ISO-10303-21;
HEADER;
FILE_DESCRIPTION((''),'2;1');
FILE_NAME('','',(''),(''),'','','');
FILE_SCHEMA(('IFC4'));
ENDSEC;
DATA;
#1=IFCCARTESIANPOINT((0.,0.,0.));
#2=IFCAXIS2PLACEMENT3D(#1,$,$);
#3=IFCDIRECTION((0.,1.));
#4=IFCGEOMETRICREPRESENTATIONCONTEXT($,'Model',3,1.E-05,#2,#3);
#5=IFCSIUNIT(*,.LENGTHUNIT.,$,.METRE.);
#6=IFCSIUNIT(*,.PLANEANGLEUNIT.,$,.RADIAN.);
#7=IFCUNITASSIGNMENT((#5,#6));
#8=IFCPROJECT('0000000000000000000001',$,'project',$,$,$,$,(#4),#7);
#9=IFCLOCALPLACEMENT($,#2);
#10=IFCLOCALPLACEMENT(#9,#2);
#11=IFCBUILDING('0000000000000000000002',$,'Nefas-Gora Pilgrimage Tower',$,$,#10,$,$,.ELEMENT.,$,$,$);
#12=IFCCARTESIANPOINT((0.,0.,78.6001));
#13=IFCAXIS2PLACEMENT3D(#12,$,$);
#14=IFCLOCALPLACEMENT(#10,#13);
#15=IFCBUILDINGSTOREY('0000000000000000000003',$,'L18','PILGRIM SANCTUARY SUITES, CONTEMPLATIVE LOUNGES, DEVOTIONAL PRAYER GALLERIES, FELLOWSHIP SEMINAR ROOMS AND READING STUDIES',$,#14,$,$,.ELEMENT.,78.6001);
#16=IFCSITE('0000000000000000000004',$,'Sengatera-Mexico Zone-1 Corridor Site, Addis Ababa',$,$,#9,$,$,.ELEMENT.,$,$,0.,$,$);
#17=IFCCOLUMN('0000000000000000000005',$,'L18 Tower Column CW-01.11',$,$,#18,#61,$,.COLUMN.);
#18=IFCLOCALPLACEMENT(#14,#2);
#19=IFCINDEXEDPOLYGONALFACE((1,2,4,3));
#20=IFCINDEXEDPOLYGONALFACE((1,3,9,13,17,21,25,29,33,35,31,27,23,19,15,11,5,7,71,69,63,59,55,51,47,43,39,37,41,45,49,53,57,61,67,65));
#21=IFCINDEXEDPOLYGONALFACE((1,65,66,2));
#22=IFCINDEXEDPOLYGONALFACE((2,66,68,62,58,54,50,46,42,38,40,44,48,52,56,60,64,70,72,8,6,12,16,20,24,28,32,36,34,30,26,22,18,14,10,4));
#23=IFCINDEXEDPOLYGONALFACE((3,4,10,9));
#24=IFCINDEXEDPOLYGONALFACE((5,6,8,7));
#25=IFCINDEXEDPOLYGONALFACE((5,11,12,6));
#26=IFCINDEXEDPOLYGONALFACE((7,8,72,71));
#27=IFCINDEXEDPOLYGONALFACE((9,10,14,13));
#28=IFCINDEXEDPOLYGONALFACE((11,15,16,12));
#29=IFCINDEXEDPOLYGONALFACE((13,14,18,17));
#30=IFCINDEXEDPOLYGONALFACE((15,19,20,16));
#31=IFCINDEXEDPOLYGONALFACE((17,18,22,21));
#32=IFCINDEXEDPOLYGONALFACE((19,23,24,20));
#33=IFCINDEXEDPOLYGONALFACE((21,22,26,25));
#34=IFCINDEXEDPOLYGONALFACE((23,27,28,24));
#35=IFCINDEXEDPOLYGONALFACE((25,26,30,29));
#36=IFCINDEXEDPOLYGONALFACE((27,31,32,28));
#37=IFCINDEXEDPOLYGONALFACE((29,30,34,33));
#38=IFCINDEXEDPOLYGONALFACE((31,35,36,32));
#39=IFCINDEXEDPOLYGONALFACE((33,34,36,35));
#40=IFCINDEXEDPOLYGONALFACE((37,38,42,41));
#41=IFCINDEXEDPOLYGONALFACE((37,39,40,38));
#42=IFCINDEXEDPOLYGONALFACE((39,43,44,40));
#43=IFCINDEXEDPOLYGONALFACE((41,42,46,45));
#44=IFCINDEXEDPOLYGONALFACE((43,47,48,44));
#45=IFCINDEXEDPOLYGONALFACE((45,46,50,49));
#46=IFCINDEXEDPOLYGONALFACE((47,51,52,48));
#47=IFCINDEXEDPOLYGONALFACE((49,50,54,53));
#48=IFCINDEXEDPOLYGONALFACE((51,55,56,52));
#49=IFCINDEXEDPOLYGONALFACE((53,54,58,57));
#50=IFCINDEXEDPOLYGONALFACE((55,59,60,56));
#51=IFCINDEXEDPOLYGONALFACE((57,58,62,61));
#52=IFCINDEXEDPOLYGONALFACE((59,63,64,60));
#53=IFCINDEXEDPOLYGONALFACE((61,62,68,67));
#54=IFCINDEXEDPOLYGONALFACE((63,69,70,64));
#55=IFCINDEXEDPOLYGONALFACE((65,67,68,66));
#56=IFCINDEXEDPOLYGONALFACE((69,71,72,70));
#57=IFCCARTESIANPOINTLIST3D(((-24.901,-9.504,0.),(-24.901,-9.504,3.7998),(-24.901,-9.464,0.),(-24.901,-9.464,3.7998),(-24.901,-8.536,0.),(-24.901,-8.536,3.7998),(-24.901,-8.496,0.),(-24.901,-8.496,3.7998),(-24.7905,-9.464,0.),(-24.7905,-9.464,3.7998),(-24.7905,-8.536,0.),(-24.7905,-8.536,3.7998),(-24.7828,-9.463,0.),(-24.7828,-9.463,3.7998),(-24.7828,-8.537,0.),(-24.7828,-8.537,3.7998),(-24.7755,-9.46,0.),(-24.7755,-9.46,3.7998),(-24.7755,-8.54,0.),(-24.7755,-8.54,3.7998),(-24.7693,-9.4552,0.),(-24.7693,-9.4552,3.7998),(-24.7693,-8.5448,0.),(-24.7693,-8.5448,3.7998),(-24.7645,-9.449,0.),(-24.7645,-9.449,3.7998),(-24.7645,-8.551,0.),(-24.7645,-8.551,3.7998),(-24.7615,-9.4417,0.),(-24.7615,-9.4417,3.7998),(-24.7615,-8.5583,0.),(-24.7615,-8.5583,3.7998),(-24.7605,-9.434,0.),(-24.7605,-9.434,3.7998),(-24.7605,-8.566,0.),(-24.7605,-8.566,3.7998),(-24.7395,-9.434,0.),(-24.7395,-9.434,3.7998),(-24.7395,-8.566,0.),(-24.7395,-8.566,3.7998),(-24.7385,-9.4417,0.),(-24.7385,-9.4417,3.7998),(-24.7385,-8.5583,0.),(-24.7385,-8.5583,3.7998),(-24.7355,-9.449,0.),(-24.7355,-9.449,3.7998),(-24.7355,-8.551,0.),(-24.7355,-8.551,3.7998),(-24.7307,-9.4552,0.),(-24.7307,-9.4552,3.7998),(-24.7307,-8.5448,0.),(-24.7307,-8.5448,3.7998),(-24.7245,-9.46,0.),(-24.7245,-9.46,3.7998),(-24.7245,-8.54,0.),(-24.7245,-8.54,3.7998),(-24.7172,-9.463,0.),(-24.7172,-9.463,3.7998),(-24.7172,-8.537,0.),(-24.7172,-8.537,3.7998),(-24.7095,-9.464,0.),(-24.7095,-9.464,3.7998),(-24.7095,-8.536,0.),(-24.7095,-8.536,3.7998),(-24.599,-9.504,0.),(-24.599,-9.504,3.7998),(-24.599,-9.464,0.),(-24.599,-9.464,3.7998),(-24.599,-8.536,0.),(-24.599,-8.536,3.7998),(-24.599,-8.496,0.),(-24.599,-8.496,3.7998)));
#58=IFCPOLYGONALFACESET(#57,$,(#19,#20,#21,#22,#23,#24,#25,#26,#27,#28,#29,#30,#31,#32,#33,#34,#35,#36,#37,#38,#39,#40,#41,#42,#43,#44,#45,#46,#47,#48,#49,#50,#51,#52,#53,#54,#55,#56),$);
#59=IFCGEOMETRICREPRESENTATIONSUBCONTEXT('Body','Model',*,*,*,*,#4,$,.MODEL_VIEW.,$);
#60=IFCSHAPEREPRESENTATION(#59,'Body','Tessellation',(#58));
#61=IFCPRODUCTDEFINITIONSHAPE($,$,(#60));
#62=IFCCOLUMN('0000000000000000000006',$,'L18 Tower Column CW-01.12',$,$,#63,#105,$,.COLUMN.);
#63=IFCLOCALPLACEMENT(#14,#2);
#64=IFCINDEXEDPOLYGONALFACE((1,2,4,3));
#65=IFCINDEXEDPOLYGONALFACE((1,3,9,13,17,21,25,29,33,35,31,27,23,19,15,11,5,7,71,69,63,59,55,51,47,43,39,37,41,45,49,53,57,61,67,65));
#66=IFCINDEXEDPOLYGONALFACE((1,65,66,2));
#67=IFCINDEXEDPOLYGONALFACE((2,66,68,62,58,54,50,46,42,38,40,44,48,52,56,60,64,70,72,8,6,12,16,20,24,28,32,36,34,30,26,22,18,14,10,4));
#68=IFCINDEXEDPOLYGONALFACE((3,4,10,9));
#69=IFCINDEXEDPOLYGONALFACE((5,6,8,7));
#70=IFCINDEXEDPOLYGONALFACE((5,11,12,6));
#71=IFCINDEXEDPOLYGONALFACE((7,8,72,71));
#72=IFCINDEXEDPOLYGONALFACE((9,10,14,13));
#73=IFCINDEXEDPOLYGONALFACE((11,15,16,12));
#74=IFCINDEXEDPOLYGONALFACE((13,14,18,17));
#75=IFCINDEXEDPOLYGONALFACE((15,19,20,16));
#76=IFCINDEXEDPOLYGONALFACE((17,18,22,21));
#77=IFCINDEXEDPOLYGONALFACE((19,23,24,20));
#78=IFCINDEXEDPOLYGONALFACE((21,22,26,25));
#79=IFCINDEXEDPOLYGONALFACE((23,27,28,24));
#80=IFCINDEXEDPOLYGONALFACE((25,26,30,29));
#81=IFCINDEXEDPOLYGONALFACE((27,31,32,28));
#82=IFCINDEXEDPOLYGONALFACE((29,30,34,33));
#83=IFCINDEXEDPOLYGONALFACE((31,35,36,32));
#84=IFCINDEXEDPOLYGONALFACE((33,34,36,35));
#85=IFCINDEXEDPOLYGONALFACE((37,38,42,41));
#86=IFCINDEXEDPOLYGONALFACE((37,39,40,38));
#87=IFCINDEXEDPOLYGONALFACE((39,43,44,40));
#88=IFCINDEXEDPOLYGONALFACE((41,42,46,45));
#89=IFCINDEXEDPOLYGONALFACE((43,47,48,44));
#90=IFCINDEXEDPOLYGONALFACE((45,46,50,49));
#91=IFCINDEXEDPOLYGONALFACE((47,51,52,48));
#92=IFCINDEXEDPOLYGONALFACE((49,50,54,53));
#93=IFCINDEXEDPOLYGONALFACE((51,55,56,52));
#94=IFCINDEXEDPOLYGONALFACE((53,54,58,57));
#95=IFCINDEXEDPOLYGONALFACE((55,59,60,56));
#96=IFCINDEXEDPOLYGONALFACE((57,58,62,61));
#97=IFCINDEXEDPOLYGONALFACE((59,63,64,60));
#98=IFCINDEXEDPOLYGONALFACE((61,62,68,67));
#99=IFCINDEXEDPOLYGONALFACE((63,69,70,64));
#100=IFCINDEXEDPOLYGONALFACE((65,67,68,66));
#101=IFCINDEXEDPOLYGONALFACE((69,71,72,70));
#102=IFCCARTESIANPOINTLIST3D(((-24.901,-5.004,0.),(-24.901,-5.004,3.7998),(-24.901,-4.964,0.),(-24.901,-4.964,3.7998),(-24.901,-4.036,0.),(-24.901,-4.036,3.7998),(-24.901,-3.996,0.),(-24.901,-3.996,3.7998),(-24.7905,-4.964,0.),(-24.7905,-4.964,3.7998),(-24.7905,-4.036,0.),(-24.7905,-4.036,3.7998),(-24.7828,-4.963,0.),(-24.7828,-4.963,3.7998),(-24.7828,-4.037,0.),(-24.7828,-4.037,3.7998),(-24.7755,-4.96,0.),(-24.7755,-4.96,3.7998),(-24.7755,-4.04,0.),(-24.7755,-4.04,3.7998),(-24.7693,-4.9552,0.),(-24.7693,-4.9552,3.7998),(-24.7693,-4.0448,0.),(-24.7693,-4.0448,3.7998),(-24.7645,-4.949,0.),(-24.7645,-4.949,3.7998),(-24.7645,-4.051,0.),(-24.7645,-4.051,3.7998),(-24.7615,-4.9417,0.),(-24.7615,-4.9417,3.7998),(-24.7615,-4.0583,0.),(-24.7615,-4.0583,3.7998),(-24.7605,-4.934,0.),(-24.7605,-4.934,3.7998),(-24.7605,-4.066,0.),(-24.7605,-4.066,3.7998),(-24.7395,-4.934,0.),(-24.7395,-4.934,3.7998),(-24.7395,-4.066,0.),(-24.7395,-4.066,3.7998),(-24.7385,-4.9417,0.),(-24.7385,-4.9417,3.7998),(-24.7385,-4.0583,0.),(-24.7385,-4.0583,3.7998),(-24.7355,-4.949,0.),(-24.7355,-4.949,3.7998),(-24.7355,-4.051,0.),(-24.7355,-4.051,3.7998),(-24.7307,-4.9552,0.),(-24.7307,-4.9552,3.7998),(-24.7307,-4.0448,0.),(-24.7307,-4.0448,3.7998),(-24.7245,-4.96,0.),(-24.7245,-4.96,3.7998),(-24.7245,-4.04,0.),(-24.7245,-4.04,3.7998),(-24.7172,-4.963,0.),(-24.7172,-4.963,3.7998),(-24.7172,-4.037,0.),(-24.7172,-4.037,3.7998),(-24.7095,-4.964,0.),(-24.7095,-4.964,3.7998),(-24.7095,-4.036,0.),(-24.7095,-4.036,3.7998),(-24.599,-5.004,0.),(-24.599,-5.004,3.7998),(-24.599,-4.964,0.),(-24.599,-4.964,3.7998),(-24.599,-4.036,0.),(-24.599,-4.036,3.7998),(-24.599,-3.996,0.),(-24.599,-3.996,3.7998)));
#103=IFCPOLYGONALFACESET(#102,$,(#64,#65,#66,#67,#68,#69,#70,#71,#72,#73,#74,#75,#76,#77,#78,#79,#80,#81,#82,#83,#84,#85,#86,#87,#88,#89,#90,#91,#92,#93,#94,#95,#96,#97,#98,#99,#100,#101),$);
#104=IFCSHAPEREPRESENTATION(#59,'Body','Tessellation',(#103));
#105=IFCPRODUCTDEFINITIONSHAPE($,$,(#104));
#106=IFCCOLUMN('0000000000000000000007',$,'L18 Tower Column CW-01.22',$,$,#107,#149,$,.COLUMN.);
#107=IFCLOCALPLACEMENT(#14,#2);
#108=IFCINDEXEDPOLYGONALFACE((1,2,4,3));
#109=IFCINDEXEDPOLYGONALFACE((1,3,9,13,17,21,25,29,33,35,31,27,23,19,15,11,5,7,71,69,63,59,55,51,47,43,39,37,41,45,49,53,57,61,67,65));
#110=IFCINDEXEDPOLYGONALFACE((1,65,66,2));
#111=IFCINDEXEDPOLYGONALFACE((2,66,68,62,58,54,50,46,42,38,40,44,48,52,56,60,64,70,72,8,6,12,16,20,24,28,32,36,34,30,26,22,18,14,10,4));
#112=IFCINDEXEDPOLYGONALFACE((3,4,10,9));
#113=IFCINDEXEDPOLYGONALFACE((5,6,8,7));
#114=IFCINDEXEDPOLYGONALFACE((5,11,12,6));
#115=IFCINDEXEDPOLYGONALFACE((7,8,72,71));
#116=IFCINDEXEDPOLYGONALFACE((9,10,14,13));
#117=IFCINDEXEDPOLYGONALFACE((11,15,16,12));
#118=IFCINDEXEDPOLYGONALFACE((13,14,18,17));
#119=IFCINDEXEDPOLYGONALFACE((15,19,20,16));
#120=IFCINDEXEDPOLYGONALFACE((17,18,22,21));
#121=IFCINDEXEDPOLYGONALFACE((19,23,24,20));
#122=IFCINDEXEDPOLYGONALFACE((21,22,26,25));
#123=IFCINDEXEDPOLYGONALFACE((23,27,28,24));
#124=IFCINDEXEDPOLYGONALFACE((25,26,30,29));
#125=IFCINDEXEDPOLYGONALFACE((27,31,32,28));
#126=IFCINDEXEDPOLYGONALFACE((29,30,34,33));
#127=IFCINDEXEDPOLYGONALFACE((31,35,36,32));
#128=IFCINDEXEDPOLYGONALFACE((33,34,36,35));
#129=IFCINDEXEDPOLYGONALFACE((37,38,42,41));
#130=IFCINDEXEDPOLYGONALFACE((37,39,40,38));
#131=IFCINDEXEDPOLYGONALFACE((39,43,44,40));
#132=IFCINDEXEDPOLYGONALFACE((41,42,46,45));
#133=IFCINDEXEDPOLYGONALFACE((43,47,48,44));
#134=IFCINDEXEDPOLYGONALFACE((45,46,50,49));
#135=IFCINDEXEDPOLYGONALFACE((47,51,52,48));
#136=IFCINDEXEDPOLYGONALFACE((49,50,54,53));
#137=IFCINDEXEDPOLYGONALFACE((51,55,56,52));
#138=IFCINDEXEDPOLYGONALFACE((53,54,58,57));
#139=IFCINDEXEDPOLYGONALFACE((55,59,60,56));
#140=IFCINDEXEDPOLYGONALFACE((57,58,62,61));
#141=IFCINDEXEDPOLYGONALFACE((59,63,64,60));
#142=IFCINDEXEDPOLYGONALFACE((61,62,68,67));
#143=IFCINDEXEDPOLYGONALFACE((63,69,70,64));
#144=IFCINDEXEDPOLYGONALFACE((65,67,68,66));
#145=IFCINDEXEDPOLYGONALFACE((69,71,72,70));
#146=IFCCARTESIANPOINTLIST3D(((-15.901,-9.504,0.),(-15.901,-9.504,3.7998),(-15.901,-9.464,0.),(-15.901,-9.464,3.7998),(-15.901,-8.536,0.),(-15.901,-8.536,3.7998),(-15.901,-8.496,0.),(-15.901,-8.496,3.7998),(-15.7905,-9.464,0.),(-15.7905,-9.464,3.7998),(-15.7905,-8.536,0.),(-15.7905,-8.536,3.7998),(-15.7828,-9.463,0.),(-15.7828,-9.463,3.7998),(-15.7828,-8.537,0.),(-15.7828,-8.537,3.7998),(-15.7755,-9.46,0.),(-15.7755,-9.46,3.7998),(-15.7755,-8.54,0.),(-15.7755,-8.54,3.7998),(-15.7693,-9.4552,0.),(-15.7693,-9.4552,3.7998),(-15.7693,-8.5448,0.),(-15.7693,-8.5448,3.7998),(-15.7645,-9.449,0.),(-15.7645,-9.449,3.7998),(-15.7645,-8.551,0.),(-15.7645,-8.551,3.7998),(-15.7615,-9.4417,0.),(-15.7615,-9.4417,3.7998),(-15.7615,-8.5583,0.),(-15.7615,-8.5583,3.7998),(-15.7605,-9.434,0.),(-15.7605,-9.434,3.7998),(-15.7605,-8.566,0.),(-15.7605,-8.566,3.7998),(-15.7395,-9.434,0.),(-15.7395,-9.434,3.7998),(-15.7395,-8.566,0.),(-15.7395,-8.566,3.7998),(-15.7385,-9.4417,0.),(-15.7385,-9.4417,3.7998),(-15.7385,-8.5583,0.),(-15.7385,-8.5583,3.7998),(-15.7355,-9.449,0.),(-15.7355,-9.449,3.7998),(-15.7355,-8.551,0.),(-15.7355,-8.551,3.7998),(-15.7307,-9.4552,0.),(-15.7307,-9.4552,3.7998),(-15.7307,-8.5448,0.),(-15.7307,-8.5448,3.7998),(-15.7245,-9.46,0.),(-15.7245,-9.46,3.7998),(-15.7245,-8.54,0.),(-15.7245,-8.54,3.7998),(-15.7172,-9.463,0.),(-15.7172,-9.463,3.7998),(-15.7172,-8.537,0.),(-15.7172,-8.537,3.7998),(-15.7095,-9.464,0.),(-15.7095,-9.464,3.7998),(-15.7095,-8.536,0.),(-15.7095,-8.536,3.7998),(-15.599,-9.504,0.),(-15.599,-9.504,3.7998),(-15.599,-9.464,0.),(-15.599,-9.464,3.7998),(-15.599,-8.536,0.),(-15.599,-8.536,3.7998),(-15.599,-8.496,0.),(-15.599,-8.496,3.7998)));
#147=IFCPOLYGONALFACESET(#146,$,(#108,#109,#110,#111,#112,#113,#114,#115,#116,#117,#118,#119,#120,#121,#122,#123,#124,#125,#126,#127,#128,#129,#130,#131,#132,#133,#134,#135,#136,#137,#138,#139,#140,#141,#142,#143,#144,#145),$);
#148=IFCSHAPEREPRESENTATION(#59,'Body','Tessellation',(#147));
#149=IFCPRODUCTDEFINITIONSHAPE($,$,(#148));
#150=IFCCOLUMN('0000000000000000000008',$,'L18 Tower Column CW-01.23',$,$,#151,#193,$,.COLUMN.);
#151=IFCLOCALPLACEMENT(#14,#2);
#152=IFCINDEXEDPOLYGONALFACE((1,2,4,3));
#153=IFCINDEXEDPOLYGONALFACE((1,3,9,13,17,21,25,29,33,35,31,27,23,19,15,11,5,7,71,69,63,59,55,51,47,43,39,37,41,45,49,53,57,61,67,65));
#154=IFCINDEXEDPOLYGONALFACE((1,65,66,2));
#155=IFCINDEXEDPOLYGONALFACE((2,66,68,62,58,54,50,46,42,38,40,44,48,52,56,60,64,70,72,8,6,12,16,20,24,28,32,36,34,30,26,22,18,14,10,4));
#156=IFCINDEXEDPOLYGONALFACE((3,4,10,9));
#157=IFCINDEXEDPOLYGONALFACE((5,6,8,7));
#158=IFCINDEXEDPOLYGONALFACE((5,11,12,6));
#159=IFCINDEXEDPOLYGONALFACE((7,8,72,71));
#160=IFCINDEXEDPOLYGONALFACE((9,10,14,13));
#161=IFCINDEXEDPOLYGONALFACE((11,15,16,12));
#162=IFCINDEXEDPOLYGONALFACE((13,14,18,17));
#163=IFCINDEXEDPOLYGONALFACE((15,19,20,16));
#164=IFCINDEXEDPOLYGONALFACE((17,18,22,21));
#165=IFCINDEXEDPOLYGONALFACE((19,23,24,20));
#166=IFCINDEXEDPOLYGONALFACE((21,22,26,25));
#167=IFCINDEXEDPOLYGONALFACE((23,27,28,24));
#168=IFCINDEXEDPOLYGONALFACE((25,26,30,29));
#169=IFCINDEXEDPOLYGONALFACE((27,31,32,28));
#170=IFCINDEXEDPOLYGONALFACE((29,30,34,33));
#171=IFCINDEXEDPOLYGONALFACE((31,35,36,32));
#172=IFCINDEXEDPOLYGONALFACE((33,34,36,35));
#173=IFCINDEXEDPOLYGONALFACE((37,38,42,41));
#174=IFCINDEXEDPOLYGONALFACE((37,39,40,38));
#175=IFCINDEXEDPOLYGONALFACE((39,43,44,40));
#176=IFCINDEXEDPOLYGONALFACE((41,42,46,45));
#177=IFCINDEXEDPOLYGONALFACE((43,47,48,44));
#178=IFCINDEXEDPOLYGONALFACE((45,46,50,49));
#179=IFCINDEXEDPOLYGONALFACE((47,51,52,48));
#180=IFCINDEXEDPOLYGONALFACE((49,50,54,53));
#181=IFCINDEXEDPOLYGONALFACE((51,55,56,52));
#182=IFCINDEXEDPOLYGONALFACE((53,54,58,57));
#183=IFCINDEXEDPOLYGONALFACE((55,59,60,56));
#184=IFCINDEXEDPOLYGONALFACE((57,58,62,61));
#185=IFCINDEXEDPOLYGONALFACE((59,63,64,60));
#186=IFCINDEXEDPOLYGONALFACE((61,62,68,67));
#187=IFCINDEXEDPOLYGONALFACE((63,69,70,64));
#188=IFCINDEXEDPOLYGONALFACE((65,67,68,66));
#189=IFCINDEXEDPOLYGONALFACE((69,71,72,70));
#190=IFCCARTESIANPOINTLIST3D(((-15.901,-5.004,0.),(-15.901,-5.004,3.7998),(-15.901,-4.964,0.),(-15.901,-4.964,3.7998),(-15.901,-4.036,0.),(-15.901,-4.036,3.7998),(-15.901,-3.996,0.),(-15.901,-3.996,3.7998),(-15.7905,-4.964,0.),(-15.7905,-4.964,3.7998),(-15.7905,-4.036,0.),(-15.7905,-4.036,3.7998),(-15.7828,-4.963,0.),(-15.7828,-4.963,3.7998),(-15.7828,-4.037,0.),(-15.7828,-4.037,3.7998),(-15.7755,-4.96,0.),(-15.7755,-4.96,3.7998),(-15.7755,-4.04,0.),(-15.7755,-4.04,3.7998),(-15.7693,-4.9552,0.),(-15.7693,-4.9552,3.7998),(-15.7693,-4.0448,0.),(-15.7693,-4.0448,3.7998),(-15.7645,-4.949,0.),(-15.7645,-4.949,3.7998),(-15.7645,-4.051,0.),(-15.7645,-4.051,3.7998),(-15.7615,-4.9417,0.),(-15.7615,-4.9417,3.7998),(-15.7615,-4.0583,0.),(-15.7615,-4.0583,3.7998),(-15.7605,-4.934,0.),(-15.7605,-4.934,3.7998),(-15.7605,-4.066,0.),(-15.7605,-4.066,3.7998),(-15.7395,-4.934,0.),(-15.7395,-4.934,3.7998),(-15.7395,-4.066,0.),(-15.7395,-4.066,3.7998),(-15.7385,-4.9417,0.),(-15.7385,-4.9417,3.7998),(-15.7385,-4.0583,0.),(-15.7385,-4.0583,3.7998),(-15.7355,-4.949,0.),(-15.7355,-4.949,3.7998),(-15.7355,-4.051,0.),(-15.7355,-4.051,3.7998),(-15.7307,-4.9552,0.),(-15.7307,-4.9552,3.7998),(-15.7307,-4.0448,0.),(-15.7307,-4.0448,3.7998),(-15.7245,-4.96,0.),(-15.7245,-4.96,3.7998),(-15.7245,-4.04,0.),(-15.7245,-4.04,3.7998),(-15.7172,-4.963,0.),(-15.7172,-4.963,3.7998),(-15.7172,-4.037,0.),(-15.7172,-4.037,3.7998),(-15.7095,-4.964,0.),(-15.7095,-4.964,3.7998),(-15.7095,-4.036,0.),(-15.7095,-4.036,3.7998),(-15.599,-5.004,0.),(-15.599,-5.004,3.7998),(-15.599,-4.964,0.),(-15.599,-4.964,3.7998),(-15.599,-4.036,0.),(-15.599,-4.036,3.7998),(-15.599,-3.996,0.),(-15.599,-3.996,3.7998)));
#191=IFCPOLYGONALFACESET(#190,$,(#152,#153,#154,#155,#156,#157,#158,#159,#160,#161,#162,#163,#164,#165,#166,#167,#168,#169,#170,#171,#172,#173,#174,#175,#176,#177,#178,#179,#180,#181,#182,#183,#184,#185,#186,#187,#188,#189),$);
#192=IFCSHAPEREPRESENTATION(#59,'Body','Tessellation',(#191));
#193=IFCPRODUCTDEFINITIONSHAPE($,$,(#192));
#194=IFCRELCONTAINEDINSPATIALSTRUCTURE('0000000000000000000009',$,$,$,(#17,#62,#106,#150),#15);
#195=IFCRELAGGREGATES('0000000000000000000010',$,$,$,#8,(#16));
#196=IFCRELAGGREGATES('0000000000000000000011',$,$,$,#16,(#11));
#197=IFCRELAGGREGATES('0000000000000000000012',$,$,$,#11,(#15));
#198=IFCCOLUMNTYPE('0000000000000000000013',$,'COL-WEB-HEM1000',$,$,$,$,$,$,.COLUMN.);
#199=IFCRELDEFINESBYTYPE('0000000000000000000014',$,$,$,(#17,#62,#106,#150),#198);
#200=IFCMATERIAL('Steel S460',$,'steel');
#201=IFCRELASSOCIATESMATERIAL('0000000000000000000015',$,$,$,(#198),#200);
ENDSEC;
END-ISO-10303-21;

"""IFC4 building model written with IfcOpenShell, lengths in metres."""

from ifc_helpers import new_model, si_unit, direction, frame, origin, origin_2d, place, context, subcontext, project, spatial, i_section, extrude, source, transform, mapped, material, material_profile, profile_set, type_object, element, save


model = new_model("IFC4")

# Units and contexts
model_context = context("Model", 3, precision=1e-05, world=origin(), true_north=direction((0.0, 1.0)))
body_context = subcontext(model_context, "Body", "Model", "MODEL_VIEW")
ifc_project = project(units=[si_unit("LENGTHUNIT", "METRE"), si_unit("PLANEANGLEUNIT", "RADIAN")], contexts=[model_context])

# Site, building, storey
site_placement = place(None, origin())
site = spatial("IfcSite", under=ifc_project, at=site_placement, Name="Sengatera-Mexico Zone-1 Corridor Site, Addis Ababa", CompositionType="ELEMENT", RefElevation=0.0)
building_placement = place(site_placement, origin())
building = spatial("IfcBuilding", under=site, at=building_placement, Name="Nefas-Gora Pilgrimage Tower", CompositionType="ELEMENT")
storey_placement = place(building_placement, frame((0.0, 0.0, 78.6001)))
storey = spatial("IfcBuildingStorey", under=building, at=storey_placement, Name="L18", Description="PILGRIM SANCTUARY SUITES, CONTEMPLATIVE LOUNGES, DEVOTIONAL PRAYER GALLERIES, FELLOWSHIP SEMINAR ROOMS AND READING STUDIES", CompositionType="ELEMENT", Elevation=78.6001)

# Columns
ifc_material_1 = material(Name="Steel S460", Category="steel")
ifc_material_profile_1 = material_profile(ifc_material_1, i_section(OverallWidth=0.302, OverallDepth=1.0081, WebThickness=0.021, FlangeThickness=0.04, FilletRadius=0.03, at=origin_2d()), Name="HEM 1000")
ifc_profile_set_1 = profile_set([ifc_material_profile_1], Name="Steel S460")
column_type_1 = type_object("IfcColumnType", Name="COL-WEB-HEM1000", PredefinedType="COLUMN", material=ifc_profile_set_1)
shared_shape_1 = source(origin(), body_context, "Body", "SweptSolid", [
    extrude(i_section(OverallWidth=0.302, OverallDepth=1.0081, WebThickness=0.021, FlangeThickness=0.04, FilletRadius=0.03, at=origin_2d()), origin(), (0.0, 0.0, 1.0), 3.7998),
])
for number, where, z_axis, x_axis, name in (
    (1, (-24.75, -9.0, 0.0), (0.0, 0.0, 1.0), (1.0, 0.0, 0.0), "L18 Tower Column CW-01.11"),
    (2, (-24.75, -4.5, 0.0), (0.0, 0.0, 1.0), (1.0, 0.0, 0.0), "L18 Tower Column CW-01.12"),
    (3, (-15.75, -9.0, 0.0), (0.0, 0.0, 1.0), (1.0, 0.0, 0.0), "L18 Tower Column CW-01.22"),
    (4, (-15.75, -4.5, 0.0), (0.0, 0.0, 1.0), (1.0, 0.0, 0.0), "L18 Tower Column CW-01.23"),
):
    element("IfcColumn", number, at=place(storey_placement, frame(where, z_axis=z_axis, x_axis=x_axis)), inside=storey, type_object=column_type_1, Name=name, PredefinedType="COLUMN", context=body_context, shape_type="MappedRepresentation", body=[
        mapped(shared_shape_1, transform((0.0, 0.0, 0.0), x_axis=(1.0, 0.0, 0.0), y_axis=(0.0, 1.0, 0.0), z_axis=(0.0, 0.0, 1.0), scale=1.0)),
    ])

save(model, "model.ifc")
